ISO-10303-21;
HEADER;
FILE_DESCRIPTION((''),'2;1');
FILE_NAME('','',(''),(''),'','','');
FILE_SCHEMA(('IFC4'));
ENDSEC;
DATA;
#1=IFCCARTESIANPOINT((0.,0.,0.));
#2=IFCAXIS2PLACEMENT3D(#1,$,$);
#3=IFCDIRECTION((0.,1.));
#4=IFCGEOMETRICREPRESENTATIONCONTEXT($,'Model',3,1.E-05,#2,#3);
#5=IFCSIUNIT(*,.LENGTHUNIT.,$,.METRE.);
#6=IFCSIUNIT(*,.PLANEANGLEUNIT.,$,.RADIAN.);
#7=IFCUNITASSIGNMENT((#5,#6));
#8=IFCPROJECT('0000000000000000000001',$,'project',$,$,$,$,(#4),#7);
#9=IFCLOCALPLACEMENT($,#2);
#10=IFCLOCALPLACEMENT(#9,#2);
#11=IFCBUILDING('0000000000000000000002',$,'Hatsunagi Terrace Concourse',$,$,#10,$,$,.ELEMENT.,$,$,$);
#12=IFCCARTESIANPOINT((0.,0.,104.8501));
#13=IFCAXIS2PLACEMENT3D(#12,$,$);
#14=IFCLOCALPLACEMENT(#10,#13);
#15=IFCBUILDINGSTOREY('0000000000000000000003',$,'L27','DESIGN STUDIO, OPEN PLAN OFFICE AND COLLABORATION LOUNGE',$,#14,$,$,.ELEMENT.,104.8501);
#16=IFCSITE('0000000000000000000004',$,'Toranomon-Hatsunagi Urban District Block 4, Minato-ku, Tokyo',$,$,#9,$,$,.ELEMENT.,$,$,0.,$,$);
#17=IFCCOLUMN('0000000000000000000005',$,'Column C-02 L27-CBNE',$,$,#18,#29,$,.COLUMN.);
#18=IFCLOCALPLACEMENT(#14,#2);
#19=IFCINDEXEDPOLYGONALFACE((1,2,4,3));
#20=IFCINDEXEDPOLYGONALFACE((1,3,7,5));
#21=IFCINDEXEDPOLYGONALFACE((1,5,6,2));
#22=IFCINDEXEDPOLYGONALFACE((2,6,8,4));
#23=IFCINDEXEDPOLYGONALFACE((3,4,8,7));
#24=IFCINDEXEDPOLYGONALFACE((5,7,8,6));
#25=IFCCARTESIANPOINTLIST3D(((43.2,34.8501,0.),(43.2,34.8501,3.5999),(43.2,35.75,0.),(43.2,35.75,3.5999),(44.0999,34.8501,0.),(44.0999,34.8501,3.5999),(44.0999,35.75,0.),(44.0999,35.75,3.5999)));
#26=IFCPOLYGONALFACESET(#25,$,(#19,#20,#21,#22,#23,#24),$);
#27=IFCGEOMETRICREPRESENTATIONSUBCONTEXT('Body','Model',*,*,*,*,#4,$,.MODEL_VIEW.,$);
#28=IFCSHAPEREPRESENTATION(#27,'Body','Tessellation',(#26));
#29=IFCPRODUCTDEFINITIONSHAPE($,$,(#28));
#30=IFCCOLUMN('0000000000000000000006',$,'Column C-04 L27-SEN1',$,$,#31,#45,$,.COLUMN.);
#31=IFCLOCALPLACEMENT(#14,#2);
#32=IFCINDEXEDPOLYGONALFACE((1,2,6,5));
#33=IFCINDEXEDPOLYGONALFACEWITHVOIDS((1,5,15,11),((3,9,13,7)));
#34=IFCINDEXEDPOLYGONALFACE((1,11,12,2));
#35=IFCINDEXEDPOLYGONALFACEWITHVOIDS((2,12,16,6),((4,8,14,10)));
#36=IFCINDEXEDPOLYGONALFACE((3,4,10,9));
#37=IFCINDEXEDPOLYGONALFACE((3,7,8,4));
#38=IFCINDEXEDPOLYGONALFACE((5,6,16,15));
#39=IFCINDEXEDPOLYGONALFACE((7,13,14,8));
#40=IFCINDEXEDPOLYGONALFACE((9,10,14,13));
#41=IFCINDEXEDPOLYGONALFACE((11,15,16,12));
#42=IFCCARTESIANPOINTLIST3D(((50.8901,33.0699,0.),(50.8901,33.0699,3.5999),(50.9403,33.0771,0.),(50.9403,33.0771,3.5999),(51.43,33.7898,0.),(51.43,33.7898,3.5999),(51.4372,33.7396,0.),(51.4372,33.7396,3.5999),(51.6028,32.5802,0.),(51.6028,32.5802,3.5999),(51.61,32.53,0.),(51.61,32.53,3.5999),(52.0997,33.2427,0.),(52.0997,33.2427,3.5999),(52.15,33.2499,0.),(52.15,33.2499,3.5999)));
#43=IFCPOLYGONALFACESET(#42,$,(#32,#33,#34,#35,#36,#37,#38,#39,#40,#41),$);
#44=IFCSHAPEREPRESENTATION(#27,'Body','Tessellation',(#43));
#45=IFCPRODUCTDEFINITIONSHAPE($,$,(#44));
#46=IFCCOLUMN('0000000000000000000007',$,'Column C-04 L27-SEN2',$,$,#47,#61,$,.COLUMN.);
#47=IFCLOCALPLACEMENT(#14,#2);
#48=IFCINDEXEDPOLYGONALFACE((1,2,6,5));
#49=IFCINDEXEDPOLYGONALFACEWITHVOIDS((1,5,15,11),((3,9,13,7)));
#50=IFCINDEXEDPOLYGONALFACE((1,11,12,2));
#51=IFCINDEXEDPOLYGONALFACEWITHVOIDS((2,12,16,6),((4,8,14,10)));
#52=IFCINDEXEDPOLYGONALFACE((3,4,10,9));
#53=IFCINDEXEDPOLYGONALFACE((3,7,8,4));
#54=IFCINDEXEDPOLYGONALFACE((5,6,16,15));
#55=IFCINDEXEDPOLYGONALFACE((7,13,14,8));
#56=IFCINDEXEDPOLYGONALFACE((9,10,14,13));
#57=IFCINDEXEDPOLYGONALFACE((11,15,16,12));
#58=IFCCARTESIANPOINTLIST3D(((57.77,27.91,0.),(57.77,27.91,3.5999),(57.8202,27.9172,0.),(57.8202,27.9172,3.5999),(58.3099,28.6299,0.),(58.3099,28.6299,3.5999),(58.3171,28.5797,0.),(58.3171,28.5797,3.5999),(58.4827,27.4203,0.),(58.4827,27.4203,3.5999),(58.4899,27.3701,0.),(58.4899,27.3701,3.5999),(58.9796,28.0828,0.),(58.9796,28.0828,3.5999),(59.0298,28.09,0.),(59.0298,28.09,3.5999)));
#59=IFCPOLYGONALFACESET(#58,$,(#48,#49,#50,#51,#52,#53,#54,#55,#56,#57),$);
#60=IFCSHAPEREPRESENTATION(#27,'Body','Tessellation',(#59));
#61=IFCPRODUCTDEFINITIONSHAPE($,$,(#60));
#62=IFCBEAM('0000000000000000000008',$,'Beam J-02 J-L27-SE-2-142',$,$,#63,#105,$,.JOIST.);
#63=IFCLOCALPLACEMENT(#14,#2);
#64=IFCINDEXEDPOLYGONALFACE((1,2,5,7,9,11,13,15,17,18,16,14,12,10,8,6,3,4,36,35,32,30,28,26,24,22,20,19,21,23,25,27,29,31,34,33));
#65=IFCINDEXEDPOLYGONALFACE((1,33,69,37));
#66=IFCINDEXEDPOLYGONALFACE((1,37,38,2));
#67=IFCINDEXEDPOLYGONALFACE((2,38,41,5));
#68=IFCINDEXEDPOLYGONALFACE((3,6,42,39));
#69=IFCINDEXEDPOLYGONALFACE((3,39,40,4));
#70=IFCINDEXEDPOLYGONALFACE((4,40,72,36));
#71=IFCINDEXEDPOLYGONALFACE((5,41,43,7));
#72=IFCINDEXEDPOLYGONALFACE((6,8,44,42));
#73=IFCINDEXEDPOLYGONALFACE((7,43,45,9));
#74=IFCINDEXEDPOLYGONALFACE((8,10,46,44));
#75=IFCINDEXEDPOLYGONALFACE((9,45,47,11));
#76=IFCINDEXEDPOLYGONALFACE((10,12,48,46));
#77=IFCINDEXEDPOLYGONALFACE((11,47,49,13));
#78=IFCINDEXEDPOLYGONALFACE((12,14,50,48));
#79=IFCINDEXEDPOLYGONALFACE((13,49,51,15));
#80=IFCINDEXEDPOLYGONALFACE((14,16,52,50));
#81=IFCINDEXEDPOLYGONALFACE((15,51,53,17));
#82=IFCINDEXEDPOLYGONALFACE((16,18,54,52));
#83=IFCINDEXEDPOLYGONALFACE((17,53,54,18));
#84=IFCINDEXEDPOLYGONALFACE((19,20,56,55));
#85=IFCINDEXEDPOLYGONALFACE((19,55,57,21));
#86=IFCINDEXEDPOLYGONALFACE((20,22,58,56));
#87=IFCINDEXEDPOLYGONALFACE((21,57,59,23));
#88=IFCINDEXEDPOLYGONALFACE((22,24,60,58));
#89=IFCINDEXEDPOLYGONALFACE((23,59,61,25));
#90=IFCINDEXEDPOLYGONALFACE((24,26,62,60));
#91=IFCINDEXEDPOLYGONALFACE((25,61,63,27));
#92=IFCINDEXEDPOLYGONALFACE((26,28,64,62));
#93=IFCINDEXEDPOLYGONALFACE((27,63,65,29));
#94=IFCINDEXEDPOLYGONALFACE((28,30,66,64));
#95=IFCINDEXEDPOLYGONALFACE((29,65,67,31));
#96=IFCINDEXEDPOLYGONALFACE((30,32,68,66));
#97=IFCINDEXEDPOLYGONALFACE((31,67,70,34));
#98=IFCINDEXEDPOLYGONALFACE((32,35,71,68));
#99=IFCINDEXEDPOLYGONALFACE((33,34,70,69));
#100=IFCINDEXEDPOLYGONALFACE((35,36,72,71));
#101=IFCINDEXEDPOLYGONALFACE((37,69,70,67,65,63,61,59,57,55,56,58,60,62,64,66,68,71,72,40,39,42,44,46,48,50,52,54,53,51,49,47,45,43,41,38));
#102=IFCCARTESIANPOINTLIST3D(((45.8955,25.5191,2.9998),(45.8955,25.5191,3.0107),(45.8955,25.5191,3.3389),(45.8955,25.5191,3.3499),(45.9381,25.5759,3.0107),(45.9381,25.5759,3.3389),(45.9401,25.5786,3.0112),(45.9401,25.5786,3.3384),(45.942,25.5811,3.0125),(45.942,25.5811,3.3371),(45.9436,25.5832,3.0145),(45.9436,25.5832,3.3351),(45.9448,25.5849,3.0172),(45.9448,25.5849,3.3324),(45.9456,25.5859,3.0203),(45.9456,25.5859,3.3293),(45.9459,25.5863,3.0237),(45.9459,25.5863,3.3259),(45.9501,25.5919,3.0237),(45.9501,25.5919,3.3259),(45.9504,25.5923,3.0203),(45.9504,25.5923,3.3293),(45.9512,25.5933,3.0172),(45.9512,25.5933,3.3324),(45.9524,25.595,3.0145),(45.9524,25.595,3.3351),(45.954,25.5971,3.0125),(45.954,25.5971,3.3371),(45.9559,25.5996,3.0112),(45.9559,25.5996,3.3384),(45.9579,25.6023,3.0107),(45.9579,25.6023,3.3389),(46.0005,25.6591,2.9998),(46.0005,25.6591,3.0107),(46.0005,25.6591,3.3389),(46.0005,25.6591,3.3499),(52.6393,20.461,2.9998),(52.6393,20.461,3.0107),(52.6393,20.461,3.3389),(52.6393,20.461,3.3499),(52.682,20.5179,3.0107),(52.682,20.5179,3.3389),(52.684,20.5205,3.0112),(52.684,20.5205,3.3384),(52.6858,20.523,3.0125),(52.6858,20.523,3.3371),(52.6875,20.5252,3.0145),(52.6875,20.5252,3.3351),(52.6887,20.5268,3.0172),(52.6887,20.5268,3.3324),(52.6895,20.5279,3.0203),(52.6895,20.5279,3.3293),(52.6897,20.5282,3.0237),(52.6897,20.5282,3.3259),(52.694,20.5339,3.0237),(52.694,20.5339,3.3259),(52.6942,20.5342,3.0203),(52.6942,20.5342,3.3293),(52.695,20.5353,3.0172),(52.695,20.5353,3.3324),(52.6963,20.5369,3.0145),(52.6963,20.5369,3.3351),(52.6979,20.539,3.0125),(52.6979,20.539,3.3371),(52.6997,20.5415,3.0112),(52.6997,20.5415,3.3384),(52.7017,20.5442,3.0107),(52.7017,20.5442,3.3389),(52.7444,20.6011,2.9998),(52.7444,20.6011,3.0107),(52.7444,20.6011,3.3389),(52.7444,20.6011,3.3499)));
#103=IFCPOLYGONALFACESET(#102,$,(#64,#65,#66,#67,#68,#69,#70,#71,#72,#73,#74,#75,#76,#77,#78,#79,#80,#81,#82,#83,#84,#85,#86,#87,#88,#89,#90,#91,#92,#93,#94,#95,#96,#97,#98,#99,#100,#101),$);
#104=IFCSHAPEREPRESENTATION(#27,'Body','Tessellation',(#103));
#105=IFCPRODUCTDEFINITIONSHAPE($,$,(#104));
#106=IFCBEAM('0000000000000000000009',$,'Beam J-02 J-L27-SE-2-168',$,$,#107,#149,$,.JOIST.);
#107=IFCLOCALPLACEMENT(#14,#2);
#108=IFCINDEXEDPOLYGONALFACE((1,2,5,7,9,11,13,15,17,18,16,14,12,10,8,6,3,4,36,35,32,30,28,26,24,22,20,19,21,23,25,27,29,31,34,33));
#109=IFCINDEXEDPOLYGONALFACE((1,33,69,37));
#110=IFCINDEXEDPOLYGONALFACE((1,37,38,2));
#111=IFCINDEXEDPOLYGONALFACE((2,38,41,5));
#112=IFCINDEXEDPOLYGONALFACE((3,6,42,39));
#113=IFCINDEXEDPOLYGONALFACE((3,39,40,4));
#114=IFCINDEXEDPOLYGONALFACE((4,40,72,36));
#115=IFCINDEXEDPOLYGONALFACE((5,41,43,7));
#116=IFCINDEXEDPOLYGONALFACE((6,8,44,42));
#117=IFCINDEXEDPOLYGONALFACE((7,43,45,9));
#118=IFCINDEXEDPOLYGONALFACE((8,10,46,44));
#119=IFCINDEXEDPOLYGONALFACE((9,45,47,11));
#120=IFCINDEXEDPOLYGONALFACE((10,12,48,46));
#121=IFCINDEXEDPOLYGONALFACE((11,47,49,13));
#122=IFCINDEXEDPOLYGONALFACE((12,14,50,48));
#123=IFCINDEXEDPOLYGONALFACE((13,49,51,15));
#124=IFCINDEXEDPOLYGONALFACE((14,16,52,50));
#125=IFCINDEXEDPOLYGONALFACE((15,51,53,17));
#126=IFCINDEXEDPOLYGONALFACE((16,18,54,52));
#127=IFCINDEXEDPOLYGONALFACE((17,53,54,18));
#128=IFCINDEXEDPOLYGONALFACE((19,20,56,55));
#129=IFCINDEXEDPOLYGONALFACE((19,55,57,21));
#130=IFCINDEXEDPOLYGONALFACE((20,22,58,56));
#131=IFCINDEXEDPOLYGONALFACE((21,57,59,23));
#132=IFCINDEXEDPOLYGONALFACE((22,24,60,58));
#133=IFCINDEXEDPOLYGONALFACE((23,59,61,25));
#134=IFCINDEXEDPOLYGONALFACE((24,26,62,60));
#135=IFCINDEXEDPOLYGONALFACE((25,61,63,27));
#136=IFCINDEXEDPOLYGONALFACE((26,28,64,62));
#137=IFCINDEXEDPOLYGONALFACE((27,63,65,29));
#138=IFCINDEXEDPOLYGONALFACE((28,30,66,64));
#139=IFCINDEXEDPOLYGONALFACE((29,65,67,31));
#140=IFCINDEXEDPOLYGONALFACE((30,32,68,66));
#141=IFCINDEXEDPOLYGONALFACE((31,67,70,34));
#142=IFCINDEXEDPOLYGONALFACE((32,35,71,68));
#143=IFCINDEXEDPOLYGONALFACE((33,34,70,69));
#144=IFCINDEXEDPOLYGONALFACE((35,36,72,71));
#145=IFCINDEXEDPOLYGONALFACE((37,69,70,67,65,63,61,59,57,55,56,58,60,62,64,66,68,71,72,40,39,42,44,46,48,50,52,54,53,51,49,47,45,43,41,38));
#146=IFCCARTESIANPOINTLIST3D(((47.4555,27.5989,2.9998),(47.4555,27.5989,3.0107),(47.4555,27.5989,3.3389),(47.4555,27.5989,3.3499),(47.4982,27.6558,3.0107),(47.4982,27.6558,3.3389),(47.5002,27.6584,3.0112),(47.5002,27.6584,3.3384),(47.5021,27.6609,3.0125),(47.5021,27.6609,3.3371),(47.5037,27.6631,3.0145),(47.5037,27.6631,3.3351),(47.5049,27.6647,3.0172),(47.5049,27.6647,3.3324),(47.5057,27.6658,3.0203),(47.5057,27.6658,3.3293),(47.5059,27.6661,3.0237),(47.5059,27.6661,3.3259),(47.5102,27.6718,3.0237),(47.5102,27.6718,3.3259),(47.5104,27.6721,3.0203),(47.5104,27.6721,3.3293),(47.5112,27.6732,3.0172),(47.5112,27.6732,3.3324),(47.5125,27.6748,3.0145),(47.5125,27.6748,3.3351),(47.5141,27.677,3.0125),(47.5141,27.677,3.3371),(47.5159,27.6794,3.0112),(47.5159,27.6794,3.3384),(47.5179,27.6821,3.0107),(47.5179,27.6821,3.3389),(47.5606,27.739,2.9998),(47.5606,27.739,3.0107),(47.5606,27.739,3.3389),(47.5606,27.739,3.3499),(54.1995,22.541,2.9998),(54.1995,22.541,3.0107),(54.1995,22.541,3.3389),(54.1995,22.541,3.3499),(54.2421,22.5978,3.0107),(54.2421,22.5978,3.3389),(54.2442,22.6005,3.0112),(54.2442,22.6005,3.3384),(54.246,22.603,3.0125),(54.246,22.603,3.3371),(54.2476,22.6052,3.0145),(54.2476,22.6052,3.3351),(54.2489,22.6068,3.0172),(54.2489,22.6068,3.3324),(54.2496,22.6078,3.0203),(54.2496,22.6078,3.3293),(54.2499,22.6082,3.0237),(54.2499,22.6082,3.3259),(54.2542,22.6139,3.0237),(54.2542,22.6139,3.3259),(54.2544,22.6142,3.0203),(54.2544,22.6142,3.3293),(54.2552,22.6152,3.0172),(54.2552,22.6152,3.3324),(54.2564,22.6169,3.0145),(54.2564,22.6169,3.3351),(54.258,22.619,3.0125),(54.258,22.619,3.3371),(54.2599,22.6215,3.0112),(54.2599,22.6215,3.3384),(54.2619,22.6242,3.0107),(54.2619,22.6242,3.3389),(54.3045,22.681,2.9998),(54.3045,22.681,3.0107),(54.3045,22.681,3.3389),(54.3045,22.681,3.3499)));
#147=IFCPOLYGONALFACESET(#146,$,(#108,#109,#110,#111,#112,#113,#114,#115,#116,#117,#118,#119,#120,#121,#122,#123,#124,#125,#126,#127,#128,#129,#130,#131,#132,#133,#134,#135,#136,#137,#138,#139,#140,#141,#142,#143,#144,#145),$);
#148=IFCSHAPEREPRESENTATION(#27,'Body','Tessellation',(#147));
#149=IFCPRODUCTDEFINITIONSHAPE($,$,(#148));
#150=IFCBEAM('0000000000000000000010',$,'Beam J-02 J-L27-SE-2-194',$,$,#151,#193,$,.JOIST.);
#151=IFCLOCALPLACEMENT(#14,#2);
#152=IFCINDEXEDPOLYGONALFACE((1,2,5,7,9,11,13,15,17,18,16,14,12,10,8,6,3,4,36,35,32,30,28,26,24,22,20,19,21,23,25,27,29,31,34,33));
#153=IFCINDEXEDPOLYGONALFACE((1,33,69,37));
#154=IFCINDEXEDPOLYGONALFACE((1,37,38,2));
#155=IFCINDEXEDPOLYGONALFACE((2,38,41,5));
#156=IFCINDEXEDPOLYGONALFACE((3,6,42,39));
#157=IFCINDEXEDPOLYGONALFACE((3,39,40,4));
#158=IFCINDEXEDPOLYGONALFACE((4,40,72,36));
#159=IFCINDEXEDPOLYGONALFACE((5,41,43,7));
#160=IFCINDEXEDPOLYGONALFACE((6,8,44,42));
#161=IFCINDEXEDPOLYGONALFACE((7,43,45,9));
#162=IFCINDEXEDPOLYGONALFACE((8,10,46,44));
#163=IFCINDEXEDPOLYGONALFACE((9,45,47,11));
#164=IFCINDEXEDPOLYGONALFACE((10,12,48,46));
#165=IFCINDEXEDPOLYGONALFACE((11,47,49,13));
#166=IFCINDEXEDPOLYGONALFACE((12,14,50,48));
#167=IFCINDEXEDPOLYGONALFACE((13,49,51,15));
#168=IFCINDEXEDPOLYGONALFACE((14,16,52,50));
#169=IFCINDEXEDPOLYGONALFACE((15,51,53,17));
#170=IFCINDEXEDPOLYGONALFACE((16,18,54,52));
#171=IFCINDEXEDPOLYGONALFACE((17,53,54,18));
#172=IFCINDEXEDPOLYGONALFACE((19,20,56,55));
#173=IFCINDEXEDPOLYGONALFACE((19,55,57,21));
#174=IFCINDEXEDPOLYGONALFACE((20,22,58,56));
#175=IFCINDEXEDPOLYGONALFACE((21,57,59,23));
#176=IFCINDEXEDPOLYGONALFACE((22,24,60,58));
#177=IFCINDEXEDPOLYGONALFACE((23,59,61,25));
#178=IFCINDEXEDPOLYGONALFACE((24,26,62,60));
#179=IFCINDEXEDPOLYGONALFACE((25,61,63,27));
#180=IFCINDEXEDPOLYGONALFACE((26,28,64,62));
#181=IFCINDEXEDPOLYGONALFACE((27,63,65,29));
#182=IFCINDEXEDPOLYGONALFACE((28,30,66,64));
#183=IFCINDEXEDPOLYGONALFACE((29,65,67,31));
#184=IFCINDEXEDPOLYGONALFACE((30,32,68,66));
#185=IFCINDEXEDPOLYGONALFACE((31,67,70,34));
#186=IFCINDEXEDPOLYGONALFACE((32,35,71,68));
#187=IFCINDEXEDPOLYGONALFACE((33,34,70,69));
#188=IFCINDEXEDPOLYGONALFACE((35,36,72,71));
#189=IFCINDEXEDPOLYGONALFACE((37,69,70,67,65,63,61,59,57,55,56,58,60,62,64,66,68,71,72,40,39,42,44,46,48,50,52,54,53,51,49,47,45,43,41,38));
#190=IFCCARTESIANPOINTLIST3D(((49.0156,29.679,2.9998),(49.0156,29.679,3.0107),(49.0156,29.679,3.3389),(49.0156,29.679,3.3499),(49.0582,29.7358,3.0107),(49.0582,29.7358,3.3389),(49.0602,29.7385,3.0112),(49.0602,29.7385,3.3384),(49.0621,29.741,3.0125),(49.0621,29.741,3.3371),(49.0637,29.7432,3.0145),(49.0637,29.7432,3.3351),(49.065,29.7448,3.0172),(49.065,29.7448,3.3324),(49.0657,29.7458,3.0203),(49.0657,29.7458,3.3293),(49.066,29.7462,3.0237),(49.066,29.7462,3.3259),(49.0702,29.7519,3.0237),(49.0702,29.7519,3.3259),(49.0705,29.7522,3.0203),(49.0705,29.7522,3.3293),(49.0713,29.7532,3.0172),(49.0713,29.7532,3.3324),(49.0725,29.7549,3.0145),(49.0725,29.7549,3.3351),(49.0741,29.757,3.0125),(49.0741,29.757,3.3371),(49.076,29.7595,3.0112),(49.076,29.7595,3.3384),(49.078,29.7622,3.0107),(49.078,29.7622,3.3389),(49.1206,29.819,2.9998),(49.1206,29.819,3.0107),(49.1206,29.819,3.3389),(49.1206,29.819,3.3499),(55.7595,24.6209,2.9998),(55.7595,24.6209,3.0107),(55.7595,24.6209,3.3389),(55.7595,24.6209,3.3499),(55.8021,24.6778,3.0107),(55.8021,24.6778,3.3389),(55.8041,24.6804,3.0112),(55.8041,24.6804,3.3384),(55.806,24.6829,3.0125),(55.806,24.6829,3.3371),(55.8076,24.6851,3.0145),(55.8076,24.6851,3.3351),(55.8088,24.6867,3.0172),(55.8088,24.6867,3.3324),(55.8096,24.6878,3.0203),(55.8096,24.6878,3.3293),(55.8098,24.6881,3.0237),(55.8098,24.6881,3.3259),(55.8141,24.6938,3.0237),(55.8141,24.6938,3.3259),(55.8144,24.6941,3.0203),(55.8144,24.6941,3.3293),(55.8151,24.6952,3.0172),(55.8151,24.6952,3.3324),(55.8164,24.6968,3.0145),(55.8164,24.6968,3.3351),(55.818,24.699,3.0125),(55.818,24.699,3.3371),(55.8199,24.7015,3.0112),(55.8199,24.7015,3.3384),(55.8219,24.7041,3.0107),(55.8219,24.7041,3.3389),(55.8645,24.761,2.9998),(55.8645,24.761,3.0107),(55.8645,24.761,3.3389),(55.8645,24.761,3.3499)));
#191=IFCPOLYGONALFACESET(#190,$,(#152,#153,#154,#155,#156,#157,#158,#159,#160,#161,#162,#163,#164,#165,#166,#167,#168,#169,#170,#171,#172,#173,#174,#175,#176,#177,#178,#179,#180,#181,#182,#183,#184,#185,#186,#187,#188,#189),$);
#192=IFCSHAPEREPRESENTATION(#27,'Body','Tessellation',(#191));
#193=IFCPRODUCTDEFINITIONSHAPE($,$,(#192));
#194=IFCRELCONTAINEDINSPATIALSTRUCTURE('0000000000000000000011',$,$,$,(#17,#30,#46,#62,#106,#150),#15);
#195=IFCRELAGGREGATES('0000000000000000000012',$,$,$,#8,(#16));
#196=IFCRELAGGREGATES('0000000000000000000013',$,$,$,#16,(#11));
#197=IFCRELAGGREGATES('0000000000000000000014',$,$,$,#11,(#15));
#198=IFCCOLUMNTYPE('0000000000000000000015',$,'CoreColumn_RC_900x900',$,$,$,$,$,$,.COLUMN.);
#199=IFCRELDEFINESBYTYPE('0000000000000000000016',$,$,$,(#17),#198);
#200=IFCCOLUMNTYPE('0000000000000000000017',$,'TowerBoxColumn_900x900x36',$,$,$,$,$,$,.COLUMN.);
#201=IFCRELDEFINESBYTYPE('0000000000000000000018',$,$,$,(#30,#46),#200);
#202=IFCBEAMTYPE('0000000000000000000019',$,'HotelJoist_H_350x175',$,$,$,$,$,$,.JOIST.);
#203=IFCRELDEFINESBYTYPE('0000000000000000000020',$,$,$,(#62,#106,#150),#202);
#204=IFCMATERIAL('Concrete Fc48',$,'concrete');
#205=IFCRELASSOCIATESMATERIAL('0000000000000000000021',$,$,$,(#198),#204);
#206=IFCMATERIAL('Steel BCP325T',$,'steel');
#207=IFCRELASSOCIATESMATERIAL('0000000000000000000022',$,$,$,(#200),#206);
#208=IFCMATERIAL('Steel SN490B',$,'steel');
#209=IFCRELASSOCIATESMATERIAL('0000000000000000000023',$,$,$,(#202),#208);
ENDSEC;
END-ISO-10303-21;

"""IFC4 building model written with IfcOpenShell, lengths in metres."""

from ifc_helpers import new_model, si_unit, direction, frame, origin, origin_2d, place, context, subcontext, project, spatial, rectangle, hollow_rectangle, i_section, extrude, material, material_profile, profile_set, type_object, element, save


model = new_model("IFC4")

# Units and contexts
model_context = context("Model", 3, precision=1e-05, world=origin(), true_north=direction((0.0, 1.0)))
body_context = subcontext(model_context, "Body", "Model", "MODEL_VIEW")
ifc_project = project(units=[si_unit("LENGTHUNIT", "METRE"), si_unit("PLANEANGLEUNIT", "RADIAN")], contexts=[model_context])

# Site, building, storey
site_placement = place(None, origin())
site = spatial("IfcSite", under=ifc_project, at=site_placement, Name="Toranomon-Hatsunagi Urban District Block 4, Minato-ku, Tokyo", CompositionType="ELEMENT", RefElevation=0.0)
building_placement = place(site_placement, origin())
building = spatial("IfcBuilding", under=site, at=building_placement, Name="Hatsunagi Terrace Concourse", CompositionType="ELEMENT")
storey_placement = place(building_placement, frame((0.0, 0.0, 104.8501)))
storey = spatial("IfcBuildingStorey", under=building, at=storey_placement, Name="L27", Description="DESIGN STUDIO, OPEN PLAN OFFICE AND COLLABORATION LOUNGE", CompositionType="ELEMENT", Elevation=104.8501)

# Columns
ifc_material_1 = material(Name="Concrete Fc48", Category="concrete")
ifc_material_profile_1 = material_profile(ifc_material_1, rectangle(XDim=0.8999, YDim=0.8999, at=origin_2d()), Name="RC-900x900")
ifc_profile_set_1 = profile_set([ifc_material_profile_1], Name="Concrete Fc48")
column_type_1 = type_object("IfcColumnType", Name="CoreColumn_RC_900x900", PredefinedType="COLUMN", material=ifc_profile_set_1)
column_placement = place(storey_placement, frame((43.6499, 35.3, 0.0), z_axis=(0.0, 0.0, 1.0), x_axis=(1.0, 0.0, 0.0)))
element("IfcColumn", 1, at=column_placement, inside=storey, type_object=column_type_1, Name="Column C-02 L27-CBNE", PredefinedType="COLUMN", context=body_context, shape_type="SweptSolid", body=[
    extrude(rectangle(XDim=0.8999, YDim=0.8999, at=origin_2d()), origin(), (0.0, 0.0, 1.0), 3.5999),
])
ifc_material_2 = material(Name="Steel BCP325T", Category="steel")
ifc_material_profile_2 = material_profile(ifc_material_2, hollow_rectangle(XDim=0.8999, YDim=0.8999, WallThickness=0.0359, at=origin_2d()), Name="BCP-900x900x36")
ifc_profile_set_2 = profile_set([ifc_material_profile_2], Name="Steel BCP325T")
column_type_2 = type_object("IfcColumnType", Name="TowerBoxColumn_900x900x36", PredefinedType="COLUMN", material=ifc_profile_set_2)
for number, where, z_axis, x_axis, name in (
    (2, (51.52, 33.1599, 0.0), (0.0, 0.0, 1.0), (0.8, -0.6, 0.0), "Column C-04 L27-SEN1"),
    (3, (58.3999, 28.0, 0.0), (0.0, 0.0, 1.0), (0.8, -0.6, 0.0), "Column C-04 L27-SEN2"),
):
    element("IfcColumn", number, at=place(storey_placement, frame(where, z_axis=z_axis, x_axis=x_axis)), inside=storey, type_object=column_type_2, Name=name, PredefinedType="COLUMN", context=body_context, shape_type="SweptSolid", body=[
        extrude(hollow_rectangle(XDim=0.8999, YDim=0.8999, WallThickness=0.0359, at=origin_2d()), origin(), (0.0, 0.0, 1.0), 3.5999),
    ])

# Beams
ifc_material_3 = material(Name="Steel SN490B", Category="steel")
ifc_material_profile_3 = material_profile(ifc_material_3, i_section(OverallWidth=0.175, OverallDepth=0.3501, WebThickness=0.0071, FlangeThickness=0.011, FilletRadius=0.0129, at=origin_2d()), Name="H-350x175x7x11")
ifc_profile_set_3 = profile_set([ifc_material_profile_3], Name="Steel SN490B")
beam_type_1 = type_object("IfcBeamType", Name="HotelJoist_H_350x175", PredefinedType="JOIST", material=ifc_profile_set_3)
for number, where, z_axis, x_axis, name in (
    (4, (45.948, 25.5891, 3.1748), (0.79999, -0.600014, 0.0), (0.600014, 0.79999, 0.0), "Beam J-02 J-L27-SE-2-142"),
    (5, (47.5081, 27.6689, 3.1748), (0.800003, -0.599995, 0.0), (0.599995, 0.800003, 0.0), "Beam J-02 J-L27-SE-2-168"),
    (6, (49.0681, 29.749, 3.1748), (0.79999, -0.600014, 0.0), (0.600014, 0.79999, 0.0), "Beam J-02 J-L27-SE-2-194"),
):
    element("IfcBeam", number, at=place(storey_placement, frame(where, z_axis=z_axis, x_axis=x_axis)), inside=storey, type_object=beam_type_1, Name=name, PredefinedType="JOIST", context=body_context, shape_type="SweptSolid", body=[
        extrude(i_section(OverallWidth=0.175, OverallDepth=0.3501, WebThickness=0.0071, FlangeThickness=0.011, FilletRadius=0.0129, at=origin_2d()), origin(), (0.0, 0.0, 1.0), 8.4299),
    ])

save(model, "model.ifc")
